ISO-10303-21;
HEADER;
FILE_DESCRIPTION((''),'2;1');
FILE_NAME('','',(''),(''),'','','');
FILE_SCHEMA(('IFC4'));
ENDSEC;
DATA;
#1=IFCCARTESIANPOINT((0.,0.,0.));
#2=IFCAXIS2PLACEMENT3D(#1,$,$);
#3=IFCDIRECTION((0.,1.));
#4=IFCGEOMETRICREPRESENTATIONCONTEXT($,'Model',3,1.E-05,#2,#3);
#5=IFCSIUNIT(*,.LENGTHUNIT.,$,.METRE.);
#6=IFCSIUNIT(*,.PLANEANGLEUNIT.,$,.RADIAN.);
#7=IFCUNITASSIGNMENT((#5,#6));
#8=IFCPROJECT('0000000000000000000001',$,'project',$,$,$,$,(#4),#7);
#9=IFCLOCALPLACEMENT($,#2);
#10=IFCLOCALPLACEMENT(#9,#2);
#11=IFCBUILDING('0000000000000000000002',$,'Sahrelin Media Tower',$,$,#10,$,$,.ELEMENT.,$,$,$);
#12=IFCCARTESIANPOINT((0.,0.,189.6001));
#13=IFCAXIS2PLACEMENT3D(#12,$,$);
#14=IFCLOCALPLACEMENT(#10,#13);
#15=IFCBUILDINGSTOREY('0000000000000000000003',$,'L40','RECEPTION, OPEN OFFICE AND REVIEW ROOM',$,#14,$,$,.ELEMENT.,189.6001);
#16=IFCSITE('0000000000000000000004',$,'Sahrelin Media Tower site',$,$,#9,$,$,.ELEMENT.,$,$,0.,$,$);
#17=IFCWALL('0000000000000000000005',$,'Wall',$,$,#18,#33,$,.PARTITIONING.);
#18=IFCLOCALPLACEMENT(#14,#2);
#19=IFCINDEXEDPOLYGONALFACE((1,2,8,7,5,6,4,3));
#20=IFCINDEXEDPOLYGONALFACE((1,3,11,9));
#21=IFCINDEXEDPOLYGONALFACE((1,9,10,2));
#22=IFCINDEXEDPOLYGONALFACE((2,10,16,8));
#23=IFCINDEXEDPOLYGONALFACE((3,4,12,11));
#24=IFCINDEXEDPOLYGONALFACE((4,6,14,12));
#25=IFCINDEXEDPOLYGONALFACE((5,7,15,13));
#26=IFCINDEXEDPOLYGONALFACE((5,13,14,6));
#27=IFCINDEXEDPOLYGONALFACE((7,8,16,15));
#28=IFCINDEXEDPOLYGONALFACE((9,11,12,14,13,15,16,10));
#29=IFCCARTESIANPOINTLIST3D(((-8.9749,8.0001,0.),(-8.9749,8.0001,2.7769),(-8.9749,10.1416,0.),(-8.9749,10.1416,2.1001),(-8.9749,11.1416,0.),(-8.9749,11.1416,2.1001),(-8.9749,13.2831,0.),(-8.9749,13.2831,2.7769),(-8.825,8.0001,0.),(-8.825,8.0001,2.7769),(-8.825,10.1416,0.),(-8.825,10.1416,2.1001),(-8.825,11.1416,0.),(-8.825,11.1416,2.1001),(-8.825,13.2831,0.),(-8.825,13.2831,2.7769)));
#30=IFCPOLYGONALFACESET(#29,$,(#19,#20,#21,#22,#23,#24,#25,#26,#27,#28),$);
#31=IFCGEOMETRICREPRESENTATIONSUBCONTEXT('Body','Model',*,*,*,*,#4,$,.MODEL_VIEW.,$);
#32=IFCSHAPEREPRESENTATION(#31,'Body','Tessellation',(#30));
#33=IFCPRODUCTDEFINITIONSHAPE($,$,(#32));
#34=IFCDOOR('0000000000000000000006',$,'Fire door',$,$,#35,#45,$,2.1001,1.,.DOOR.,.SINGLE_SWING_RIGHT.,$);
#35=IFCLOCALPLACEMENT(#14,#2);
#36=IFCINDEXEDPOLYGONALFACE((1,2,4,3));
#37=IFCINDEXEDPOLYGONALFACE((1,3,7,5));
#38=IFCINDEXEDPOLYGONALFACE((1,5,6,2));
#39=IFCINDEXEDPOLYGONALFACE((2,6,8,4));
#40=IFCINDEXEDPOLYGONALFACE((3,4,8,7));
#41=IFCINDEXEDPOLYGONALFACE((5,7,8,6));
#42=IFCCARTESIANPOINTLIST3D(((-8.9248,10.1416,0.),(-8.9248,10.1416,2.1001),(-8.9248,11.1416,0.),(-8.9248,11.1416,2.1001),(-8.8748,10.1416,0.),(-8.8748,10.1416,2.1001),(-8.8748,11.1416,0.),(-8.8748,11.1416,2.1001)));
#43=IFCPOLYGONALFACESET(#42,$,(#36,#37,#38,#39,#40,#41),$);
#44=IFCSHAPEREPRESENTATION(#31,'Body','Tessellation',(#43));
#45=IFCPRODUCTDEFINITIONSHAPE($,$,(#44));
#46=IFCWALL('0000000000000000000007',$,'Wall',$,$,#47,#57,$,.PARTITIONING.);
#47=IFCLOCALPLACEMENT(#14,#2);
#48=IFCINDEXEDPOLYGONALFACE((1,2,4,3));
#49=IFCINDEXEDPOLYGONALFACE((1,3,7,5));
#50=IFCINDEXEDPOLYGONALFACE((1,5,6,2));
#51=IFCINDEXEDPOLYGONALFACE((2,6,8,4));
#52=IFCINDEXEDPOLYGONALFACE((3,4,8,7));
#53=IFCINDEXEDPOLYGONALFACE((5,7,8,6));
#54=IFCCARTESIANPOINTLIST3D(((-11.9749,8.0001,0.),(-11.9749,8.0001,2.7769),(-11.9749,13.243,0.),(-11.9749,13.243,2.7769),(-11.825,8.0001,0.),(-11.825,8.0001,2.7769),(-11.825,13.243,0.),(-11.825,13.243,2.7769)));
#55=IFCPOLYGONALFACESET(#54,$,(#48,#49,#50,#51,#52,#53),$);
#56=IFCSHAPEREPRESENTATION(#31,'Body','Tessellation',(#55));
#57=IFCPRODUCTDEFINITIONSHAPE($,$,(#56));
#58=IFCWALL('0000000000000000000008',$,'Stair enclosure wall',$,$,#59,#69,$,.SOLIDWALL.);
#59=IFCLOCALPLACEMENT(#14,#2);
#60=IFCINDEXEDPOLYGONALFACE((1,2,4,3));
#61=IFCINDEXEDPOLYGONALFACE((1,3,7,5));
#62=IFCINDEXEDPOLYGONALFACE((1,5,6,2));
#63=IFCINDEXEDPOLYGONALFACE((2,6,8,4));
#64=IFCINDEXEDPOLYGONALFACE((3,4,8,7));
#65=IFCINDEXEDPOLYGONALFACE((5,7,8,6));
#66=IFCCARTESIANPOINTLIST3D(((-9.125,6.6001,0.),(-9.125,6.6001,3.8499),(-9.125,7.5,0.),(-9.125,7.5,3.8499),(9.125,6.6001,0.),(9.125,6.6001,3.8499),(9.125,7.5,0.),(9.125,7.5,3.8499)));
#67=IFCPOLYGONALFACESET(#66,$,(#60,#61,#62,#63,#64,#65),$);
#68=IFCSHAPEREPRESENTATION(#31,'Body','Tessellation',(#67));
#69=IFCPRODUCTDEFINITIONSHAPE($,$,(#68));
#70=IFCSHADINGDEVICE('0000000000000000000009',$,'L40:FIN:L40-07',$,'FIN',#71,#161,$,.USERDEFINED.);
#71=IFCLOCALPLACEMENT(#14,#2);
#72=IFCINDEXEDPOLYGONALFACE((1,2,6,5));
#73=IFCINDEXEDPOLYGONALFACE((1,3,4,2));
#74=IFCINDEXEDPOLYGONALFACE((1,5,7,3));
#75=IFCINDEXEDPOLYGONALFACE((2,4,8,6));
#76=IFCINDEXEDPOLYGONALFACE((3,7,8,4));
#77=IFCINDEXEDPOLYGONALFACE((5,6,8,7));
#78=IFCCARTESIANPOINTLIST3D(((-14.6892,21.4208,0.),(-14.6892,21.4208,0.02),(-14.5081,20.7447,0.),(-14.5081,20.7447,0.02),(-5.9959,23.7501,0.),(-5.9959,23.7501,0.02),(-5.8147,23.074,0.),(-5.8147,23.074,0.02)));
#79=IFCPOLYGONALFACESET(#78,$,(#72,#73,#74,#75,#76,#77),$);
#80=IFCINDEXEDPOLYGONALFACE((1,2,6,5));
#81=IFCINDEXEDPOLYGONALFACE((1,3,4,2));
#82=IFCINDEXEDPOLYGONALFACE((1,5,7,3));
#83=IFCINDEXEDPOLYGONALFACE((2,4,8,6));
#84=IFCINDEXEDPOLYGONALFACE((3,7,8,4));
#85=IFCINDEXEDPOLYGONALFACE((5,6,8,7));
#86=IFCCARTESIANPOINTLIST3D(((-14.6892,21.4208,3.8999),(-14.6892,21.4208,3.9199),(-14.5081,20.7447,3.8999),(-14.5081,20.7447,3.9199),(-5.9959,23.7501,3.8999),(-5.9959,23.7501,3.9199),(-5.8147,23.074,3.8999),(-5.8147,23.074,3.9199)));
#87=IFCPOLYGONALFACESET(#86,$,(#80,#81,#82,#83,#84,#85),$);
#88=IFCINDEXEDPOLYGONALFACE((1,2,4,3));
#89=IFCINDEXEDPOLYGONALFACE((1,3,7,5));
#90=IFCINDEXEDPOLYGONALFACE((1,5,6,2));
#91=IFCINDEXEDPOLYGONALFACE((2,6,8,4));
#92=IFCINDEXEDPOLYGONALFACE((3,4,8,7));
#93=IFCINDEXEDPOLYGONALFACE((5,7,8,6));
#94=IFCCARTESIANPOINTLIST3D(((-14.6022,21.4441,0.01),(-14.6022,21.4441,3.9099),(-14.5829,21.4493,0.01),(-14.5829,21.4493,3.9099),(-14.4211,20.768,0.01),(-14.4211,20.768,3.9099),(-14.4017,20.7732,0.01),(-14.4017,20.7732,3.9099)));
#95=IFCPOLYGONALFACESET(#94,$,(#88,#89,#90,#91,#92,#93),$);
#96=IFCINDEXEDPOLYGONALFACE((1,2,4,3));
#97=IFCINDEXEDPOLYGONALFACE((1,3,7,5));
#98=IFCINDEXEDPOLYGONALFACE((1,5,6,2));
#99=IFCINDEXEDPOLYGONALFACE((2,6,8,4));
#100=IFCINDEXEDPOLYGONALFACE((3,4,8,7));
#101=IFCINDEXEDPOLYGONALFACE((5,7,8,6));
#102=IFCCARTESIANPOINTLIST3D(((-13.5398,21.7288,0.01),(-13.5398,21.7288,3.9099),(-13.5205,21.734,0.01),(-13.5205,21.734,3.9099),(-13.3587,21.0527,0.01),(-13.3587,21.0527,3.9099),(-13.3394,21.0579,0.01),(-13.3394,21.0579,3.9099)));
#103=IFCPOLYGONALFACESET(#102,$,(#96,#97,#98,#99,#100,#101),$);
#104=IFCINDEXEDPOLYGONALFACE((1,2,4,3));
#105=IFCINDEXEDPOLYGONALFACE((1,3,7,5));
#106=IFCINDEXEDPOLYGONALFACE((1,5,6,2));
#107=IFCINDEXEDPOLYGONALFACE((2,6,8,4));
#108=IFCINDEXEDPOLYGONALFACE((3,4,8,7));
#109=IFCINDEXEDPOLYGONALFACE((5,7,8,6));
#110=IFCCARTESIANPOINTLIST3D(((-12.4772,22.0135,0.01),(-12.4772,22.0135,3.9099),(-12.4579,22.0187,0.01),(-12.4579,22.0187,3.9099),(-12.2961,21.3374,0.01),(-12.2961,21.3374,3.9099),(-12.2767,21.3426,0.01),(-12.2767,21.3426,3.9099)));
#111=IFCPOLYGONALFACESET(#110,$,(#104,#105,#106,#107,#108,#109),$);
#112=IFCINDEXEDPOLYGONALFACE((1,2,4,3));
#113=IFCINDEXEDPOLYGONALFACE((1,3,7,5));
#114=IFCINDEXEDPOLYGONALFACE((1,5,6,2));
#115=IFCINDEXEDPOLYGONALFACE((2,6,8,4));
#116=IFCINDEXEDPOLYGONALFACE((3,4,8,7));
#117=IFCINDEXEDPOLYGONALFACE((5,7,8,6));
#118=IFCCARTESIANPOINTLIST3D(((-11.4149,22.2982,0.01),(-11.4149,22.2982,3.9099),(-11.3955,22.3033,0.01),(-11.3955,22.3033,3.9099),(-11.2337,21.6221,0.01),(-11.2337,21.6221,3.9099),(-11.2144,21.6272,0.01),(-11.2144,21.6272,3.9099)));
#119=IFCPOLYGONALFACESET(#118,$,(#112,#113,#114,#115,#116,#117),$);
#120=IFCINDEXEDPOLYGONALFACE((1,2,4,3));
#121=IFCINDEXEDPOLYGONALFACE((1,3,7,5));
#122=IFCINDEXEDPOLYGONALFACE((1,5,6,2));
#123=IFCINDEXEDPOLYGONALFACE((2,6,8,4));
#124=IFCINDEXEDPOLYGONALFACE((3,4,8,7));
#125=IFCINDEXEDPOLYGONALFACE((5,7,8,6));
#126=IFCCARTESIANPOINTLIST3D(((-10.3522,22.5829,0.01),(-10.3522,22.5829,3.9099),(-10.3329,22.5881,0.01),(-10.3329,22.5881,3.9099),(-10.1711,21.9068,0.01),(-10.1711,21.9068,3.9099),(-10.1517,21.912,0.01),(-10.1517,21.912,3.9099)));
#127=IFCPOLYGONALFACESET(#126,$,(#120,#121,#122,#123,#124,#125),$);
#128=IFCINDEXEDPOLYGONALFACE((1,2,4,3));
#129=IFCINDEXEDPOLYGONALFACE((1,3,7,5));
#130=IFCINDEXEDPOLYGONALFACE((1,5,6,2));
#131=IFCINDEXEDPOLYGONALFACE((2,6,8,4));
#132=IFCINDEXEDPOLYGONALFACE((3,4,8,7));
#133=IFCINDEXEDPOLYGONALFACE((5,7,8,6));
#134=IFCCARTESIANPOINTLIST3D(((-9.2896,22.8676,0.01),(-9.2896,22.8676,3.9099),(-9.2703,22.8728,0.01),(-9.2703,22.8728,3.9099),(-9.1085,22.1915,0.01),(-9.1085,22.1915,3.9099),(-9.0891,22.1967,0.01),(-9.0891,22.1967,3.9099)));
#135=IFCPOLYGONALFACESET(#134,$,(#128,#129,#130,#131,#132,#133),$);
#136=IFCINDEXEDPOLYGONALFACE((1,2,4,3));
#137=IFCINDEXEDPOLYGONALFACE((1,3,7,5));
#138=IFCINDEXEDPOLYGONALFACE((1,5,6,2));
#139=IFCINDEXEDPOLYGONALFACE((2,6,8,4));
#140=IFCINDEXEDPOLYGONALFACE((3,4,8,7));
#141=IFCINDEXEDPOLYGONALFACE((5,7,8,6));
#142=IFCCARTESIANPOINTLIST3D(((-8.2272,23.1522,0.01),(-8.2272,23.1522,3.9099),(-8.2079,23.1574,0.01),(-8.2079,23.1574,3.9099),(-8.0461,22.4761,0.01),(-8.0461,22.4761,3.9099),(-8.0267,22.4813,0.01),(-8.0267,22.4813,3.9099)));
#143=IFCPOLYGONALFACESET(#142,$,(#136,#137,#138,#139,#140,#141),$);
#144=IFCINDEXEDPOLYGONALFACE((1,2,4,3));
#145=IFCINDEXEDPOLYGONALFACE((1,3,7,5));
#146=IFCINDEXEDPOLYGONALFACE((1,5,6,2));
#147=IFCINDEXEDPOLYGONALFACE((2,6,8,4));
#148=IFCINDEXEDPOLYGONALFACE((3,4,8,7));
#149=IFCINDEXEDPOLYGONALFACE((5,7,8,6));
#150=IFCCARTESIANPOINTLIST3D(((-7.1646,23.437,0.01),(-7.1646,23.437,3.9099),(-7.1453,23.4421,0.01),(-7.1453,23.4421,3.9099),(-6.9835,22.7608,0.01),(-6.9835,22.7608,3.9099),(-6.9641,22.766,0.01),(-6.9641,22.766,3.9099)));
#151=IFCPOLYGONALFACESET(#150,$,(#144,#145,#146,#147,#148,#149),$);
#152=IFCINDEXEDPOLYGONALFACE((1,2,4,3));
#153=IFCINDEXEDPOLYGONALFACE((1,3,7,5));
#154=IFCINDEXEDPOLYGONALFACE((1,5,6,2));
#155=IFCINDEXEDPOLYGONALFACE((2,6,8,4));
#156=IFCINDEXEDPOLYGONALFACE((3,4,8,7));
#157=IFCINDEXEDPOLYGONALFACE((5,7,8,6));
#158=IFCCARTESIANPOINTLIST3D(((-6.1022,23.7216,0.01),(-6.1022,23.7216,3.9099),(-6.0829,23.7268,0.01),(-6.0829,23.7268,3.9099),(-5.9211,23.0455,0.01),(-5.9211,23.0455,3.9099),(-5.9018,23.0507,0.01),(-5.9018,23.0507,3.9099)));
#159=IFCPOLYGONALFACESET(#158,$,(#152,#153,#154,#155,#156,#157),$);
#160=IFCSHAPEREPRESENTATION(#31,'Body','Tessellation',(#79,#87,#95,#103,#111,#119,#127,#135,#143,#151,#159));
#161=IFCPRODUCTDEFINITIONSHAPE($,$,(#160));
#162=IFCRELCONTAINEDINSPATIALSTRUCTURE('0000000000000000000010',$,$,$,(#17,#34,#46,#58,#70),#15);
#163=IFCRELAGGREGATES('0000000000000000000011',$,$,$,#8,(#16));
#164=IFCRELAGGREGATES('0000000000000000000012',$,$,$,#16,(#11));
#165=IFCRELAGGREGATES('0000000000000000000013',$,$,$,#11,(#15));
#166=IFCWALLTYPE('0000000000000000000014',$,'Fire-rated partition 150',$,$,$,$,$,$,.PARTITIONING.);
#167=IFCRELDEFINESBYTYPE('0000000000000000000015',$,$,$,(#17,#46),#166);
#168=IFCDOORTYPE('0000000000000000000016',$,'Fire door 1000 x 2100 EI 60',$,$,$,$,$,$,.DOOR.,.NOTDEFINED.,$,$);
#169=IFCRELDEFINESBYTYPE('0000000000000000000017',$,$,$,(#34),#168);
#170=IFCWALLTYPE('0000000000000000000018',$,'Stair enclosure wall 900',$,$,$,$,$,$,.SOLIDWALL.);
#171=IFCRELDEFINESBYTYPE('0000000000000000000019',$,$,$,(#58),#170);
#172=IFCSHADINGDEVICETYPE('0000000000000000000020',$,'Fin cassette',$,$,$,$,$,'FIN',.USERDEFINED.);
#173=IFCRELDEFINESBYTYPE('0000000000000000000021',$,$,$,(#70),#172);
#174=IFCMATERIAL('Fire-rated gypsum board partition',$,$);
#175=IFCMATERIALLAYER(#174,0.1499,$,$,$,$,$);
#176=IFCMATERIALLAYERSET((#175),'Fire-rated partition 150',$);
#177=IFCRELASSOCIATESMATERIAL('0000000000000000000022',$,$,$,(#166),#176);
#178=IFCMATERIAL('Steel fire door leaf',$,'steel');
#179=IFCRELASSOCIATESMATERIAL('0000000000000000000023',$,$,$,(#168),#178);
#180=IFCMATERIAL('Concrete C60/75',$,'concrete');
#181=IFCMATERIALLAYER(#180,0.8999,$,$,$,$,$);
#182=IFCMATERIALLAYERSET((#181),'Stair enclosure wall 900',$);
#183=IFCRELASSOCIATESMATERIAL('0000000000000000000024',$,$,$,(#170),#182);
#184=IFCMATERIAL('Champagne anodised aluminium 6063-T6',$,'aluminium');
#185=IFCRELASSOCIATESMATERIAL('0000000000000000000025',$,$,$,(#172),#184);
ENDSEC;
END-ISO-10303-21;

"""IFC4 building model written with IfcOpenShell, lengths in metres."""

from ifc_helpers import new_model, si_unit, direction, frame, frame_2d, origin, origin_2d, place, context, subcontext, project, spatial, rectangle, extrude, material, layer, layer_set, type_object, element, fill, save


model = new_model("IFC4")

# Units and contexts
model_context = context("Model", 3, precision=1e-05, world=origin(), true_north=direction((0.0, 1.0)))
body_context = subcontext(model_context, "Body", "Model", "MODEL_VIEW")
ifc_project = project(units=[si_unit("LENGTHUNIT", "METRE"), si_unit("PLANEANGLEUNIT", "RADIAN")], contexts=[model_context])

# Site, building, storey
site_placement = place(None, origin())
site = spatial("IfcSite", under=ifc_project, at=site_placement, Name="Sahrelin Media Tower site", CompositionType="ELEMENT", RefElevation=0.0)
building_placement = place(site_placement, origin())
building = spatial("IfcBuilding", under=site, at=building_placement, Name="Sahrelin Media Tower", CompositionType="ELEMENT")
storey_placement = place(building_placement, frame((0.0, 0.0, 189.6001)))
storey = spatial("IfcBuildingStorey", under=building, at=storey_placement, Name="L40", Description="RECEPTION, OPEN OFFICE AND REVIEW ROOM", CompositionType="ELEMENT", Elevation=189.6001)

# Shared definitions
ifc_material_1 = material(Name="Champagne anodised aluminium 6063-T6", Category="aluminium")

# Shared definitions
ifc_material_2 = material(Name="Concrete C60/75", Category="concrete")
ifc_material_3 = material(Name="Steel fire door leaf", Category="steel")

# Shared definitions
ifc_material_4 = material(Name="Fire-rated gypsum board partition")
ifc_layer_1 = layer(ifc_material_4, 0.1499)
ifc_layer_set_1 = layer_set([ifc_layer_1], Name="Fire-rated partition 150")
wall_type_1 = type_object("IfcWallType", Name="Fire-rated partition 150", PredefinedType="PARTITIONING", material=ifc_layer_set_1)

# Wall, opening, door
door_type_1 = type_object("IfcDoorType", Name="Fire door 1000 x 2100 EI 60", OperationType="NOTDEFINED", PredefinedType="DOOR", material=ifc_material_3)
wall_1_placement = place(storey_placement, frame((-8.8999, 8.0, 0.0), z_axis=(0.0, 0.0, 1.0), x_axis=(0.0, 1.0, 0.0)))
wall_1 = element("IfcWall", 1, at=wall_1_placement, inside=storey, type_object=wall_type_1, Name="Wall", PredefinedType="PARTITIONING", context=body_context, shape_type="SweptSolid", body=[
    extrude(rectangle(XDim=5.283, YDim=0.1499, at=frame_2d((2.6416, 0.0))), origin(), (0.0, 0.0, 1.0), 2.7769),
])
opening_1_placement = place(wall_1_placement, frame((2.1416, 0.0, 0.0)))
opening_1 = element("IfcOpeningElement", 2, at=opening_1_placement, cuts=wall_1, PredefinedType="OPENING", context=body_context, shape_type="SweptSolid", body=[
    extrude(rectangle(XDim=1.0, YDim=2.1001, at=frame_2d((0.5, 1.05))), frame((0.0, 0.075, 0.0), z_axis=(0.0, -1.0, 0.0), x_axis=(1.0, 0.0, 0.0)), (0.0, 0.0, 1.0), 0.1499),
])
door_1_placement = place(opening_1_placement, origin())
door_1 = element("IfcDoor", 3, at=door_1_placement, inside=storey, type_object=door_type_1, Name="Fire door", OperationType="SINGLE_SWING_RIGHT", OverallHeight=2.1001, OverallWidth=1.0, PredefinedType="DOOR", context=body_context, shape_type="SweptSolid", body=[
    extrude(rectangle(XDim=1.0, YDim=2.1001, at=frame_2d((0.5, 1.05))), frame((0.0, 0.0249, 0.0), z_axis=(0.0, -1.0, 0.0), x_axis=(1.0, 0.0, 0.0)), (0.0, 0.0, 1.0), 0.05),
])
fill(opening_1, door_1)

# Walls
wall_2_placement = place(storey_placement, frame((-11.8999, 8.0, 0.0), z_axis=(0.0, 0.0, 1.0), x_axis=(0.0, 1.0, 0.0)))
element("IfcWall", 4, at=wall_2_placement, inside=storey, type_object=wall_type_1, Name="Wall", PredefinedType="PARTITIONING", context=body_context, shape_type="SweptSolid", body=[
    extrude(rectangle(XDim=5.2429, YDim=0.1499, at=frame_2d((2.6216, 0.0))), origin(), (0.0, 0.0, 1.0), 2.7769),
])
ifc_layer_2 = layer(ifc_material_2, 0.8999)
ifc_layer_set_2 = layer_set([ifc_layer_2], Name="Stair enclosure wall 900")
wall_type_2 = type_object("IfcWallType", Name="Stair enclosure wall 900", PredefinedType="SOLIDWALL", material=ifc_layer_set_2)
wall_3_placement = place(storey_placement, frame((-9.125, 7.05, 0.0), z_axis=(0.0, 0.0, 1.0), x_axis=(1.0, 0.0, 0.0)))
element("IfcWall", 5, at=wall_3_placement, inside=storey, type_object=wall_type_2, Name="Stair enclosure wall", PredefinedType="SOLIDWALL", context=body_context, shape_type="SweptSolid", body=[
    extrude(rectangle(XDim=18.25, YDim=0.8999, at=frame_2d((9.125, 0.0))), origin(), (0.0, 0.0, 1.0), 3.8499),
])

# Shading device
shading_device_type_1 = type_object("IfcShadingDeviceType", Name="Fin cassette", ElementType="FIN", PredefinedType="USERDEFINED", material=ifc_material_1)
placement = place(storey_placement, frame((-10.1433, 21.8418, 0.0), z_axis=(0.0, 0.0, 1.0), x_axis=(0.965929, 0.258808, 0.0)))
element("IfcShadingDevice", 6, at=placement, inside=storey, type_object=shading_device_type_1, Name="L40:FIN:L40-07", ObjectType="FIN", PredefinedType="USERDEFINED", context=body_context, shape_type="SweptSolid", body=[
    extrude(rectangle(XDim=9.0, YDim=0.7, at=origin_2d()), frame((0.0, 0.4199, 0.0)), (0.0, 0.0, 1.0), 0.02),
    extrude(rectangle(XDim=9.0, YDim=0.7, at=origin_2d()), frame((0.0, 0.4199, 3.8999)), (0.0, 0.0, 1.0), 0.02),
    extrude(rectangle(XDim=0.02, YDim=0.7, at=origin_2d()), frame((-4.3999, 0.4199, 0.01), z_axis=(0.0, 0.0, 1.0), x_axis=(1.0, 0.0, 0.0)), (0.0, 0.0, 1.0), 3.8999),
    extrude(rectangle(XDim=0.02, YDim=0.7, at=origin_2d()), frame((-3.3, 0.4199, 0.01), z_axis=(0.0, 0.0, 1.0), x_axis=(1.0, 0.0, 0.0)), (0.0, 0.0, 1.0), 3.8999),
    extrude(rectangle(XDim=0.02, YDim=0.7, at=origin_2d()), frame((-2.2, 0.4199, 0.01), z_axis=(0.0, 0.0, 1.0), x_axis=(1.0, 0.0, 0.0)), (0.0, 0.0, 1.0), 3.8999),
    extrude(rectangle(XDim=0.02, YDim=0.7, at=origin_2d()), frame((-1.1001, 0.4199, 0.01), z_axis=(0.0, 0.0, 1.0), x_axis=(1.0, 0.0, 0.0)), (0.0, 0.0, 1.0), 3.8999),
    extrude(rectangle(XDim=0.02, YDim=0.7, at=origin_2d()), frame((0.0, 0.4199, 0.01), z_axis=(0.0, 0.0, 1.0), x_axis=(1.0, 0.0, 0.0)), (0.0, 0.0, 1.0), 3.8999),
    extrude(rectangle(XDim=0.02, YDim=0.7, at=origin_2d()), frame((1.1001, 0.4199, 0.01), z_axis=(0.0, 0.0, 1.0), x_axis=(1.0, 0.0, 0.0)), (0.0, 0.0, 1.0), 3.8999),
    extrude(rectangle(XDim=0.02, YDim=0.7, at=origin_2d()), frame((2.2, 0.4199, 0.01), z_axis=(0.0, 0.0, 1.0), x_axis=(1.0, 0.0, 0.0)), (0.0, 0.0, 1.0), 3.8999),
    extrude(rectangle(XDim=0.02, YDim=0.7, at=origin_2d()), frame((3.3, 0.4199, 0.01), z_axis=(0.0, 0.0, 1.0), x_axis=(1.0, 0.0, 0.0)), (0.0, 0.0, 1.0), 3.8999),
    extrude(rectangle(XDim=0.02, YDim=0.7, at=origin_2d()), frame((4.3999, 0.4199, 0.01), z_axis=(0.0, 0.0, 1.0), x_axis=(1.0, 0.0, 0.0)), (0.0, 0.0, 1.0), 3.8999),
])

save(model, "model.ifc")
